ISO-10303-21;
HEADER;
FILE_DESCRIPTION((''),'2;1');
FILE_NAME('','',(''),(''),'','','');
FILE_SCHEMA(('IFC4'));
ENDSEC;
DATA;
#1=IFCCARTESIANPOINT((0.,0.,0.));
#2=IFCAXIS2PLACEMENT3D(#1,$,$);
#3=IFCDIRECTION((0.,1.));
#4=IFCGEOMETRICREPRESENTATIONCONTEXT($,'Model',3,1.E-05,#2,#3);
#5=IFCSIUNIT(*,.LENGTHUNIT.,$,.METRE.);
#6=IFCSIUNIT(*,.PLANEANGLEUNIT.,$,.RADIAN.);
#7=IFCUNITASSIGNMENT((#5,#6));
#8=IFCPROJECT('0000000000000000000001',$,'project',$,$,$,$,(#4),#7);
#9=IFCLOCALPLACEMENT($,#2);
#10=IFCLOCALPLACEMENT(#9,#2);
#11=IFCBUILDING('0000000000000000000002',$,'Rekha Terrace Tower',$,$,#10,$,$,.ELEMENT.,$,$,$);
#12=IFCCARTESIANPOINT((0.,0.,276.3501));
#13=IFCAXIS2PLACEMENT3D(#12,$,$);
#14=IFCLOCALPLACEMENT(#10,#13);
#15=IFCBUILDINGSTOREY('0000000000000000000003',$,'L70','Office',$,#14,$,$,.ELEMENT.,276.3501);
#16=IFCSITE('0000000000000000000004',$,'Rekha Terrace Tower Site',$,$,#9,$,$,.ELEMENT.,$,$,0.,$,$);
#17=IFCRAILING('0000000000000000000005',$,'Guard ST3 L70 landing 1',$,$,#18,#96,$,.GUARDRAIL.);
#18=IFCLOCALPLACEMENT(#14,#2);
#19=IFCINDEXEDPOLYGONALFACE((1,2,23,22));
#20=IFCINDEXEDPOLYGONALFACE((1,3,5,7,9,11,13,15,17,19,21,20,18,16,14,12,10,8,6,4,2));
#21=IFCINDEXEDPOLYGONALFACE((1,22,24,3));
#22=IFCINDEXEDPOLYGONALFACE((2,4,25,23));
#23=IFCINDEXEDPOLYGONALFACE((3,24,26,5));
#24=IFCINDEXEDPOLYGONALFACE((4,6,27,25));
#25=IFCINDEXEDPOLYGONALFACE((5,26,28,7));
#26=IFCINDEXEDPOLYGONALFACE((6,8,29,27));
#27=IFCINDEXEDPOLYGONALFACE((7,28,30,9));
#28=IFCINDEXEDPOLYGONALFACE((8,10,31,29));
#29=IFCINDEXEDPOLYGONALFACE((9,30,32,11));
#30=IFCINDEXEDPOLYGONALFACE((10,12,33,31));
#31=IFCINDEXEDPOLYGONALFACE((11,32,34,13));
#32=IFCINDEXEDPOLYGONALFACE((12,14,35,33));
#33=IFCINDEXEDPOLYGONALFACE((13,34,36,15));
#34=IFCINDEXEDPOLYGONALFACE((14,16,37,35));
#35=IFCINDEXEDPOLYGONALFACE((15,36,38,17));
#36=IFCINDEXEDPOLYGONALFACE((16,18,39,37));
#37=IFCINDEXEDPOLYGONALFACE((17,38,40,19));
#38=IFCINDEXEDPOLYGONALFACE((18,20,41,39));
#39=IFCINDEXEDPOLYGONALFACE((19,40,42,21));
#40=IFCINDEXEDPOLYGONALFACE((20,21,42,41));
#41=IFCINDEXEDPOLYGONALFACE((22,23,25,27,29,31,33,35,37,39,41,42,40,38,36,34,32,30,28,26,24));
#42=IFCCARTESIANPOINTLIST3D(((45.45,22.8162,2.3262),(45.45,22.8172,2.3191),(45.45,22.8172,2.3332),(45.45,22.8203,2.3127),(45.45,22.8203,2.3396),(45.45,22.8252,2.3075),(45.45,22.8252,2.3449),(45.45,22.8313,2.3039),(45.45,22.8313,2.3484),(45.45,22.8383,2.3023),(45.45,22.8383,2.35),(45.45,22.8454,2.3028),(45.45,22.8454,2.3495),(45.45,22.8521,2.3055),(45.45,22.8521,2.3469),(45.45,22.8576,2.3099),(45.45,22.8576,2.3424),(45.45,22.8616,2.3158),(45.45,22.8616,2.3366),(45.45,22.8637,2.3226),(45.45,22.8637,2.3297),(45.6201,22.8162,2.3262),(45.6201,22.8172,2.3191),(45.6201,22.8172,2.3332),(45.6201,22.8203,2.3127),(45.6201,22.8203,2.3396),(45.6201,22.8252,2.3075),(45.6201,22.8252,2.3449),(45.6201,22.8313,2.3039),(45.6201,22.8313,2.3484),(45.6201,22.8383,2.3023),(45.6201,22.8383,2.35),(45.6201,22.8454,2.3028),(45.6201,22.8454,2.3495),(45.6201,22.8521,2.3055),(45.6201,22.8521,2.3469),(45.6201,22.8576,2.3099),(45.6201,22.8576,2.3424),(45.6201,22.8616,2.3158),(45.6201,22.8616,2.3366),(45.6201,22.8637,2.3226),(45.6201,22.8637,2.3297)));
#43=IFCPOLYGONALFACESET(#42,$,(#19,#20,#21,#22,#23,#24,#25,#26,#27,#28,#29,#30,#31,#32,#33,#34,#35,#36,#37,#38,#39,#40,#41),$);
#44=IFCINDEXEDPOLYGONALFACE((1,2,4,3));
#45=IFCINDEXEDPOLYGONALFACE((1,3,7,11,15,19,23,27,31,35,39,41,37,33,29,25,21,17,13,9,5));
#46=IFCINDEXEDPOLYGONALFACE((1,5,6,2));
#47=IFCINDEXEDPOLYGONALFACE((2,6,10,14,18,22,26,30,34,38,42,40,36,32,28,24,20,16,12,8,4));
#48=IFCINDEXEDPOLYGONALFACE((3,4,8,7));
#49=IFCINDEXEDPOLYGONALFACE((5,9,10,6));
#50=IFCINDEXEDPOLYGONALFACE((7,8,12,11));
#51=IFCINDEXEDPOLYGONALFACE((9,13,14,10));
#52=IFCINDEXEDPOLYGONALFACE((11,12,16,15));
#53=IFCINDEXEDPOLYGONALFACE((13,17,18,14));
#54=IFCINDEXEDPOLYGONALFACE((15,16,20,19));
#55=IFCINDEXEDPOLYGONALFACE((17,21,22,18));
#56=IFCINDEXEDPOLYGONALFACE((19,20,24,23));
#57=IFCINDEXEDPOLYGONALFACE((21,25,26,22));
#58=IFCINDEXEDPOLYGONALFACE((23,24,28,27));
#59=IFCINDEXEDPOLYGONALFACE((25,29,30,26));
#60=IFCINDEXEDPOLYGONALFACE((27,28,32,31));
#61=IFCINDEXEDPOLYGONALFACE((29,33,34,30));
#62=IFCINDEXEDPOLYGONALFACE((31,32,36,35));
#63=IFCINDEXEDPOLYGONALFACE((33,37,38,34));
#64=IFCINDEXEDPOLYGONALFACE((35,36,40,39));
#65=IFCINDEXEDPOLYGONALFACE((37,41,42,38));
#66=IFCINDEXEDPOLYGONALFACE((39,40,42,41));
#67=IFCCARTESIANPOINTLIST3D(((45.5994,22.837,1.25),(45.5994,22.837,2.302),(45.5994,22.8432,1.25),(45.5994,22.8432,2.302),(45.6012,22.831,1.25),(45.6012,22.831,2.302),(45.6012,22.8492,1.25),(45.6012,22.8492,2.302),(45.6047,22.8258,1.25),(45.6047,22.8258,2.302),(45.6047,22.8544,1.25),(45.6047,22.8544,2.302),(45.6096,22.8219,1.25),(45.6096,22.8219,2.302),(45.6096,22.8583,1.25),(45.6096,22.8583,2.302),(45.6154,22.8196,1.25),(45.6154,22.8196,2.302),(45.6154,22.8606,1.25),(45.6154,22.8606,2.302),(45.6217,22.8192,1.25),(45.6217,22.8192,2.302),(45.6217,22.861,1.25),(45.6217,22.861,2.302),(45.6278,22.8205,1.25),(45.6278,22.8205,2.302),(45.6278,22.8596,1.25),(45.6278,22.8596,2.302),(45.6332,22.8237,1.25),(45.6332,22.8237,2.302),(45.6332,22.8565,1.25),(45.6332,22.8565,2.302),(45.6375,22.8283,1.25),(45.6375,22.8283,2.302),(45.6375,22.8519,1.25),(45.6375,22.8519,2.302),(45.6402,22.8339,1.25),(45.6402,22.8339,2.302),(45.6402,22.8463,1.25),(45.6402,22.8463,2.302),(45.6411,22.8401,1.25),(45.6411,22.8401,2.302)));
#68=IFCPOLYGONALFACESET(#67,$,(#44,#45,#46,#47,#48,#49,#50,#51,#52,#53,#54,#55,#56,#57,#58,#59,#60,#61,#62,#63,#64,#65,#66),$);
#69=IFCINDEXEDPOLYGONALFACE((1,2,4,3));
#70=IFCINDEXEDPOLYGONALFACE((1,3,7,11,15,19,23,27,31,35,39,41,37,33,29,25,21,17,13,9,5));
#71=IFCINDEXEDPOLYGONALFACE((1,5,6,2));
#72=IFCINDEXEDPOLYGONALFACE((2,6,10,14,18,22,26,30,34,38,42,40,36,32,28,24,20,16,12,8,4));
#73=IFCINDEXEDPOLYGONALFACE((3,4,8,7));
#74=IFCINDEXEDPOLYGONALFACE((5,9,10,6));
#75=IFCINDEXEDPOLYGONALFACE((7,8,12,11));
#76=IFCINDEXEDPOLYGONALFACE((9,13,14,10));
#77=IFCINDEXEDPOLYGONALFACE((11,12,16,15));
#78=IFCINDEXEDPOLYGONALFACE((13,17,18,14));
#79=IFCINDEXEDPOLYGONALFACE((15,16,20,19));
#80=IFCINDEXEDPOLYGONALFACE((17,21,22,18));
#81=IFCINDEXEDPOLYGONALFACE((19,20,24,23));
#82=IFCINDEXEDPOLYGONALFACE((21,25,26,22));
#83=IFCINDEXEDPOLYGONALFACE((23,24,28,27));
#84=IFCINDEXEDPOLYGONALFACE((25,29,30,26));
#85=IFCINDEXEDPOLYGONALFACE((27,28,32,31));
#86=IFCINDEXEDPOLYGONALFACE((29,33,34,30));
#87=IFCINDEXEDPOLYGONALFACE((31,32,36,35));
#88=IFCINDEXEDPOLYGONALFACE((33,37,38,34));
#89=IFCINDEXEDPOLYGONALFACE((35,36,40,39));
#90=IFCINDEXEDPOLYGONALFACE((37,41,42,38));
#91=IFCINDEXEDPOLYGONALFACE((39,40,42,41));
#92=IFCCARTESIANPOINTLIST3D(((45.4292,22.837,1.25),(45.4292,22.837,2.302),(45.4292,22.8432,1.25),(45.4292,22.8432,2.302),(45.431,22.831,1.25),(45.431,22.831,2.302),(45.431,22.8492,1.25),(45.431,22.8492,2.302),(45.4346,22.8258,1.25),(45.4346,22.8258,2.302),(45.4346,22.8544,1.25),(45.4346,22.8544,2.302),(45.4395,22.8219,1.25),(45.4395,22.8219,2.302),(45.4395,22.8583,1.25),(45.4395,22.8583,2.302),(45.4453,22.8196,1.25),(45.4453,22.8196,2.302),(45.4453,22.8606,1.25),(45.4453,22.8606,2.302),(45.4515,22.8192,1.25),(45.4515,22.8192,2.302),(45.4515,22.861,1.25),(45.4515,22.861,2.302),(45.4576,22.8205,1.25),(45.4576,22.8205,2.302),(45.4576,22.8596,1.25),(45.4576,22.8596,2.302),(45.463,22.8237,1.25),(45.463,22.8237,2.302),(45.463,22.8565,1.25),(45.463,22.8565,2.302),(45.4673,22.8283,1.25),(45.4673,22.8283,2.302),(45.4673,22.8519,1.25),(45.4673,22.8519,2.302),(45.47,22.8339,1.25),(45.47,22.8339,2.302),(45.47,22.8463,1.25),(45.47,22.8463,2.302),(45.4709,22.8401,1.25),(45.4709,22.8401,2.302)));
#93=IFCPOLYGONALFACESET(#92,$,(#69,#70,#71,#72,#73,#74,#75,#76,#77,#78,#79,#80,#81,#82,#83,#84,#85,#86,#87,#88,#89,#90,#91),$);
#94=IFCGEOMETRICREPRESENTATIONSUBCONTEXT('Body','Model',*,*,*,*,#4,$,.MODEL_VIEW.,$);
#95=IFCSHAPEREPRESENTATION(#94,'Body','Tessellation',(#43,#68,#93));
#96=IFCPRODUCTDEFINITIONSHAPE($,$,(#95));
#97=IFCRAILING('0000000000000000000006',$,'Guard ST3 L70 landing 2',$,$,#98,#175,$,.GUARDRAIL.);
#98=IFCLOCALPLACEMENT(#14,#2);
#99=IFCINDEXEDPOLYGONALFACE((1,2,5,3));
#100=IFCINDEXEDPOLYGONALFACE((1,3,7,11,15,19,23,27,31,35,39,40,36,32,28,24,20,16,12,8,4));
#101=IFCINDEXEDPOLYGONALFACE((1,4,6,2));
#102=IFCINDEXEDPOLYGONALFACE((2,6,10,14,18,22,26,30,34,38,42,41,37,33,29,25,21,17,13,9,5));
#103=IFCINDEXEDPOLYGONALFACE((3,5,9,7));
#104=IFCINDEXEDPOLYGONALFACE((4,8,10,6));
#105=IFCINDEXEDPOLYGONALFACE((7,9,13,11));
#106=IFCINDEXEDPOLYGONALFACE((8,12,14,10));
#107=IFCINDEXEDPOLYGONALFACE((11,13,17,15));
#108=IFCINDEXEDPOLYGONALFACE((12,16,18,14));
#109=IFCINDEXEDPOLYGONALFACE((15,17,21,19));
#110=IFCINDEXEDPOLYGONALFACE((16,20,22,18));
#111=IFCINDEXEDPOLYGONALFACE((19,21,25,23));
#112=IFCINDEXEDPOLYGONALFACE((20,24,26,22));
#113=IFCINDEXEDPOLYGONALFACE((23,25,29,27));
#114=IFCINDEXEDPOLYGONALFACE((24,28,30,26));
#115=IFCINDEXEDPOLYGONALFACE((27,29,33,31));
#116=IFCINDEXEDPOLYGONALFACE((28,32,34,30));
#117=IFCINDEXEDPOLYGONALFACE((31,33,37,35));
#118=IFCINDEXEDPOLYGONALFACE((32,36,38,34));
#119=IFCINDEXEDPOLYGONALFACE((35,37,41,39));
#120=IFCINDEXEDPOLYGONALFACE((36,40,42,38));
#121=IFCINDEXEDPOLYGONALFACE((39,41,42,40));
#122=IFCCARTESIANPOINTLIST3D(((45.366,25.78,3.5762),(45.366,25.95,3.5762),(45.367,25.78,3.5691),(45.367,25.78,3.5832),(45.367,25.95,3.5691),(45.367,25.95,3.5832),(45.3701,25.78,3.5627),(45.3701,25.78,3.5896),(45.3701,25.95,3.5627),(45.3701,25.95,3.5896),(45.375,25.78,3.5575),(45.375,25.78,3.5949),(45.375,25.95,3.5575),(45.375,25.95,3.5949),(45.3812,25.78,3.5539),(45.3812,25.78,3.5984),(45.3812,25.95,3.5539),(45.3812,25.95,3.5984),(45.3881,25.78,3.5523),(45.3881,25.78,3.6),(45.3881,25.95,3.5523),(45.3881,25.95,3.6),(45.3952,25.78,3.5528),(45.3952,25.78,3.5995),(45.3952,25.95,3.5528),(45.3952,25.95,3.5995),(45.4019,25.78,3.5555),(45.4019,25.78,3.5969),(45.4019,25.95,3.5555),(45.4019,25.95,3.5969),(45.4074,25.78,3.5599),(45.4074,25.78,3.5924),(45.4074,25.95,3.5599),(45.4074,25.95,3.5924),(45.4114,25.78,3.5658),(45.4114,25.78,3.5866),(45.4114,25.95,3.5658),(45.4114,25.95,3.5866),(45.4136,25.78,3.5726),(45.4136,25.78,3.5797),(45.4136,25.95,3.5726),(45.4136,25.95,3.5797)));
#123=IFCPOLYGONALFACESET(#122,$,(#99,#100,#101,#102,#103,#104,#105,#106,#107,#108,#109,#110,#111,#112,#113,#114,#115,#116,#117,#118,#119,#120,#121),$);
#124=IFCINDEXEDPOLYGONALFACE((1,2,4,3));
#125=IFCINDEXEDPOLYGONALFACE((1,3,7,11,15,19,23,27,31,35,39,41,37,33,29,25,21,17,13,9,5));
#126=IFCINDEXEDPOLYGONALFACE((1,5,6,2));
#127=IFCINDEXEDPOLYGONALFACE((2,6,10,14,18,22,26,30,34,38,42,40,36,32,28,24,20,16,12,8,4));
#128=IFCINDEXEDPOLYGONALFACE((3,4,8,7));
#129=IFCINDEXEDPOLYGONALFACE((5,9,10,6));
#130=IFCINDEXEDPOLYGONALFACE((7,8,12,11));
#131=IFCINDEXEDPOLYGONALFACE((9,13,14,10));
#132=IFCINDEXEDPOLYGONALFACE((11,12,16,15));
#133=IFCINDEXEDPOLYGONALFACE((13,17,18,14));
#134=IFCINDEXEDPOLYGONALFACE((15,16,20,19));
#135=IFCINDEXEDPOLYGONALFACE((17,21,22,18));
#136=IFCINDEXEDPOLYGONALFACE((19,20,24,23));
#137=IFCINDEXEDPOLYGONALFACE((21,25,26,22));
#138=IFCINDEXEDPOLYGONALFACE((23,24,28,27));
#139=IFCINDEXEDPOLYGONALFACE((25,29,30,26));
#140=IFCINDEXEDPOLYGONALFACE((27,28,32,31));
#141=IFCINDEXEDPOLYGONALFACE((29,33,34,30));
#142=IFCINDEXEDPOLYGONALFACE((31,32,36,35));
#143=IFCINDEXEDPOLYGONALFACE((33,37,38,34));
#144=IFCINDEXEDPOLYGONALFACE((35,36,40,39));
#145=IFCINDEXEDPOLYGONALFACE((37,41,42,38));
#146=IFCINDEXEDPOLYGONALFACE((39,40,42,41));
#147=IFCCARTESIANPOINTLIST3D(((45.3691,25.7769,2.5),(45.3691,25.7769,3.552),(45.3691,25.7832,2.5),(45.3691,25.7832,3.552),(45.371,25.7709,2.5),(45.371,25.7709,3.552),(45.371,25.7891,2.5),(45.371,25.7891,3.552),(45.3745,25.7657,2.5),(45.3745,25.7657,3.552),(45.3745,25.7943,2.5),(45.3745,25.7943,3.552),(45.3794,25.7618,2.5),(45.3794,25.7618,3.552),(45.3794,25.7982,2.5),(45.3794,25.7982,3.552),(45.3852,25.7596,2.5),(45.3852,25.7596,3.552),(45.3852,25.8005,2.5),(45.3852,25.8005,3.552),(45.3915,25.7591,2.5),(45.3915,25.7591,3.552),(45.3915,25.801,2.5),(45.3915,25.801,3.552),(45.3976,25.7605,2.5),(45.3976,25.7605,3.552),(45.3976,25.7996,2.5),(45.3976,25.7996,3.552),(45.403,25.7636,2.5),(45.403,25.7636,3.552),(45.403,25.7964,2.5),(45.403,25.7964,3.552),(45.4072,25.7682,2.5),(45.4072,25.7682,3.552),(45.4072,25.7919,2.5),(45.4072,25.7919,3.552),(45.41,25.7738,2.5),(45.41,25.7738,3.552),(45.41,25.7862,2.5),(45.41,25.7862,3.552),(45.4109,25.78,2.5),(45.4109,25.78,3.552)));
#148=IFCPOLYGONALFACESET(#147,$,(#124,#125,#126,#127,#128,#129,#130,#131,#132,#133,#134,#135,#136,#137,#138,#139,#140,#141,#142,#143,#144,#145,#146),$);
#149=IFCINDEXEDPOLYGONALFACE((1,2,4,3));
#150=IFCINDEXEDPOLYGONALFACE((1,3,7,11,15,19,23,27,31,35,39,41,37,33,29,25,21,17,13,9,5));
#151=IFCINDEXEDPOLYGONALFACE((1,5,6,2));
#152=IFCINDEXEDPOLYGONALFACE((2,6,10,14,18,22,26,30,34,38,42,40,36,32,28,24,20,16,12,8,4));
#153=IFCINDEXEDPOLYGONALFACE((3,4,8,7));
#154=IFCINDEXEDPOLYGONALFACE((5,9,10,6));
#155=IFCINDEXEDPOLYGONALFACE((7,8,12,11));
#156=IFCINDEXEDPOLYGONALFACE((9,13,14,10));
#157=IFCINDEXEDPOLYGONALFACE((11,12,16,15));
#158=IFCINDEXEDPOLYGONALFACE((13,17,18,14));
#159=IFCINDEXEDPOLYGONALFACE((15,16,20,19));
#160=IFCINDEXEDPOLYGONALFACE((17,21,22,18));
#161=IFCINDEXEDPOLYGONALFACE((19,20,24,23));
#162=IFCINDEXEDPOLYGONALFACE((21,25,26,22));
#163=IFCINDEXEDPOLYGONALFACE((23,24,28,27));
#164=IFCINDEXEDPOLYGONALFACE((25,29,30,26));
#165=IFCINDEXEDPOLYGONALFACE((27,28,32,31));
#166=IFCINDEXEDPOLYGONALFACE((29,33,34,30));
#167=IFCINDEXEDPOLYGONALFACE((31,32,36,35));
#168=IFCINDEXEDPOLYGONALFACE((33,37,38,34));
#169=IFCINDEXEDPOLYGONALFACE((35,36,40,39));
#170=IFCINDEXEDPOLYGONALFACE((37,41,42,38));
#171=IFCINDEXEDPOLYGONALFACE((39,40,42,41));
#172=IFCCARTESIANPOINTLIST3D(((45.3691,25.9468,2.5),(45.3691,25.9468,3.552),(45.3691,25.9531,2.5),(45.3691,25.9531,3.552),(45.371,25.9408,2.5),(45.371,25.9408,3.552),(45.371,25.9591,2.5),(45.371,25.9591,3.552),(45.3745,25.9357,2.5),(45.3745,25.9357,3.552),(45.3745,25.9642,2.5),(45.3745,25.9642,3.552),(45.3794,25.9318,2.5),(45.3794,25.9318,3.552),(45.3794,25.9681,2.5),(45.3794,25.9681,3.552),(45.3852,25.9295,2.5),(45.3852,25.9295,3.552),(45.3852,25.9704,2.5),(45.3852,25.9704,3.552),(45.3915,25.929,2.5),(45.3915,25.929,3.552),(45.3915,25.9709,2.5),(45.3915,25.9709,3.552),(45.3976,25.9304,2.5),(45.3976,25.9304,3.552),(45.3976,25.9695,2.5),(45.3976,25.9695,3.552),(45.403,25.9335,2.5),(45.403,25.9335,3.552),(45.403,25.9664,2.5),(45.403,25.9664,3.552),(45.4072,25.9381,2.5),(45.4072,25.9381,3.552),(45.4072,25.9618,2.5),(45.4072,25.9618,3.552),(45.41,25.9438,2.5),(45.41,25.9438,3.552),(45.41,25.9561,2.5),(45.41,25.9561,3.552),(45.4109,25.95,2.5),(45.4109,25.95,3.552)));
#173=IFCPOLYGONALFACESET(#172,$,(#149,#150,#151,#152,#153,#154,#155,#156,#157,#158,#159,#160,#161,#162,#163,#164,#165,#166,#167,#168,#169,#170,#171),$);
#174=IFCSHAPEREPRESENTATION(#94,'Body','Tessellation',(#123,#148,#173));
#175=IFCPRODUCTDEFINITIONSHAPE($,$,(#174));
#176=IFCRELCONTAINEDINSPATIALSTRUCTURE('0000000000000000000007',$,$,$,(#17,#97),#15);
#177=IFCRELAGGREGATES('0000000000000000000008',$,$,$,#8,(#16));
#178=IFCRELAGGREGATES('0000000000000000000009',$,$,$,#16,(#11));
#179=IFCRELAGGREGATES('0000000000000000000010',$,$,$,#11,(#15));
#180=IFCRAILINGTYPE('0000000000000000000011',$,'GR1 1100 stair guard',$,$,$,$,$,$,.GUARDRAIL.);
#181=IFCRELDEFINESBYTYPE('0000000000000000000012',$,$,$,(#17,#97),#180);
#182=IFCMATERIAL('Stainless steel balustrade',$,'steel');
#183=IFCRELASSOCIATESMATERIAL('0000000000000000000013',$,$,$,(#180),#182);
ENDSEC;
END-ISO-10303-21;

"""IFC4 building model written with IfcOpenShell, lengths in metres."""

from ifc_helpers import new_model, si_unit, direction, frame, origin, origin_2d, place, context, subcontext, project, spatial, circle, extrude, material, type_object, element, save


model = new_model("IFC4")

# Units and contexts
model_context = context("Model", 3, precision=1e-05, world=origin(), true_north=direction((0.0, 1.0)))
body_context = subcontext(model_context, "Body", "Model", "MODEL_VIEW")
ifc_project = project(units=[si_unit("LENGTHUNIT", "METRE"), si_unit("PLANEANGLEUNIT", "RADIAN")], contexts=[model_context])

# Site, building, storey
site_placement = place(None, origin())
site = spatial("IfcSite", under=ifc_project, at=site_placement, Name="Rekha Terrace Tower Site", CompositionType="ELEMENT", RefElevation=0.0)
building_placement = place(site_placement, origin())
building = spatial("IfcBuilding", under=site, at=building_placement, Name="Rekha Terrace Tower", CompositionType="ELEMENT")
storey_placement = place(building_placement, frame((0.0, 0.0, 276.3501)))
storey = spatial("IfcBuildingStorey", under=building, at=storey_placement, Name="L70", Description="Office", CompositionType="ELEMENT", Elevation=276.3501)

# Railings
ifc_material_1 = material(Name="Stainless steel balustrade", Category="steel")
railing_type_1 = type_object("IfcRailingType", Name="GR1 1100 stair guard", PredefinedType="GUARDRAIL", material=ifc_material_1)
railing_1_placement = place(storey_placement, frame((45.6201, 22.8401, 1.25)))
element("IfcRailing", 1, at=railing_1_placement, inside=storey, type_object=railing_type_1, Name="Guard ST3 L70 landing 1", PredefinedType="GUARDRAIL", context=body_context, shape_type="SweptSolid", body=[
    extrude(circle(Radius=0.0239, at=origin_2d()), frame((0.0, 0.0, 1.0762), z_axis=(-1.0, 0.0, 0.0), x_axis=(0.0, -1.0, 0.0)), (0.0, 0.0, 1.0), 0.1702),
    extrude(circle(Radius=0.021, at=origin_2d()), origin(), (0.0, 0.0, 1.0), 1.052),
    extrude(circle(Radius=0.021, at=origin_2d()), frame((-0.1702, 0.0, 0.0)), (0.0, 0.0, 1.0), 1.052),
])
railing_2_placement = place(storey_placement, frame((45.3899, 25.78, 2.5)))
element("IfcRailing", 2, at=railing_2_placement, inside=storey, type_object=railing_type_1, Name="Guard ST3 L70 landing 2", PredefinedType="GUARDRAIL", context=body_context, shape_type="SweptSolid", body=[
    extrude(circle(Radius=0.0239, at=origin_2d()), frame((0.0, 0.0, 1.0762), z_axis=(0.0, 1.0, 0.0), x_axis=(-1.0, 0.0, 0.0)), (0.0, 0.0, 1.0), 0.1699),
    extrude(circle(Radius=0.021, at=origin_2d()), origin(), (0.0, 0.0, 1.0), 1.052),
    extrude(circle(Radius=0.021, at=origin_2d()), frame((0.0, 0.1699, 0.0)), (0.0, 0.0, 1.0), 1.052),
])

save(model, "model.ifc")
